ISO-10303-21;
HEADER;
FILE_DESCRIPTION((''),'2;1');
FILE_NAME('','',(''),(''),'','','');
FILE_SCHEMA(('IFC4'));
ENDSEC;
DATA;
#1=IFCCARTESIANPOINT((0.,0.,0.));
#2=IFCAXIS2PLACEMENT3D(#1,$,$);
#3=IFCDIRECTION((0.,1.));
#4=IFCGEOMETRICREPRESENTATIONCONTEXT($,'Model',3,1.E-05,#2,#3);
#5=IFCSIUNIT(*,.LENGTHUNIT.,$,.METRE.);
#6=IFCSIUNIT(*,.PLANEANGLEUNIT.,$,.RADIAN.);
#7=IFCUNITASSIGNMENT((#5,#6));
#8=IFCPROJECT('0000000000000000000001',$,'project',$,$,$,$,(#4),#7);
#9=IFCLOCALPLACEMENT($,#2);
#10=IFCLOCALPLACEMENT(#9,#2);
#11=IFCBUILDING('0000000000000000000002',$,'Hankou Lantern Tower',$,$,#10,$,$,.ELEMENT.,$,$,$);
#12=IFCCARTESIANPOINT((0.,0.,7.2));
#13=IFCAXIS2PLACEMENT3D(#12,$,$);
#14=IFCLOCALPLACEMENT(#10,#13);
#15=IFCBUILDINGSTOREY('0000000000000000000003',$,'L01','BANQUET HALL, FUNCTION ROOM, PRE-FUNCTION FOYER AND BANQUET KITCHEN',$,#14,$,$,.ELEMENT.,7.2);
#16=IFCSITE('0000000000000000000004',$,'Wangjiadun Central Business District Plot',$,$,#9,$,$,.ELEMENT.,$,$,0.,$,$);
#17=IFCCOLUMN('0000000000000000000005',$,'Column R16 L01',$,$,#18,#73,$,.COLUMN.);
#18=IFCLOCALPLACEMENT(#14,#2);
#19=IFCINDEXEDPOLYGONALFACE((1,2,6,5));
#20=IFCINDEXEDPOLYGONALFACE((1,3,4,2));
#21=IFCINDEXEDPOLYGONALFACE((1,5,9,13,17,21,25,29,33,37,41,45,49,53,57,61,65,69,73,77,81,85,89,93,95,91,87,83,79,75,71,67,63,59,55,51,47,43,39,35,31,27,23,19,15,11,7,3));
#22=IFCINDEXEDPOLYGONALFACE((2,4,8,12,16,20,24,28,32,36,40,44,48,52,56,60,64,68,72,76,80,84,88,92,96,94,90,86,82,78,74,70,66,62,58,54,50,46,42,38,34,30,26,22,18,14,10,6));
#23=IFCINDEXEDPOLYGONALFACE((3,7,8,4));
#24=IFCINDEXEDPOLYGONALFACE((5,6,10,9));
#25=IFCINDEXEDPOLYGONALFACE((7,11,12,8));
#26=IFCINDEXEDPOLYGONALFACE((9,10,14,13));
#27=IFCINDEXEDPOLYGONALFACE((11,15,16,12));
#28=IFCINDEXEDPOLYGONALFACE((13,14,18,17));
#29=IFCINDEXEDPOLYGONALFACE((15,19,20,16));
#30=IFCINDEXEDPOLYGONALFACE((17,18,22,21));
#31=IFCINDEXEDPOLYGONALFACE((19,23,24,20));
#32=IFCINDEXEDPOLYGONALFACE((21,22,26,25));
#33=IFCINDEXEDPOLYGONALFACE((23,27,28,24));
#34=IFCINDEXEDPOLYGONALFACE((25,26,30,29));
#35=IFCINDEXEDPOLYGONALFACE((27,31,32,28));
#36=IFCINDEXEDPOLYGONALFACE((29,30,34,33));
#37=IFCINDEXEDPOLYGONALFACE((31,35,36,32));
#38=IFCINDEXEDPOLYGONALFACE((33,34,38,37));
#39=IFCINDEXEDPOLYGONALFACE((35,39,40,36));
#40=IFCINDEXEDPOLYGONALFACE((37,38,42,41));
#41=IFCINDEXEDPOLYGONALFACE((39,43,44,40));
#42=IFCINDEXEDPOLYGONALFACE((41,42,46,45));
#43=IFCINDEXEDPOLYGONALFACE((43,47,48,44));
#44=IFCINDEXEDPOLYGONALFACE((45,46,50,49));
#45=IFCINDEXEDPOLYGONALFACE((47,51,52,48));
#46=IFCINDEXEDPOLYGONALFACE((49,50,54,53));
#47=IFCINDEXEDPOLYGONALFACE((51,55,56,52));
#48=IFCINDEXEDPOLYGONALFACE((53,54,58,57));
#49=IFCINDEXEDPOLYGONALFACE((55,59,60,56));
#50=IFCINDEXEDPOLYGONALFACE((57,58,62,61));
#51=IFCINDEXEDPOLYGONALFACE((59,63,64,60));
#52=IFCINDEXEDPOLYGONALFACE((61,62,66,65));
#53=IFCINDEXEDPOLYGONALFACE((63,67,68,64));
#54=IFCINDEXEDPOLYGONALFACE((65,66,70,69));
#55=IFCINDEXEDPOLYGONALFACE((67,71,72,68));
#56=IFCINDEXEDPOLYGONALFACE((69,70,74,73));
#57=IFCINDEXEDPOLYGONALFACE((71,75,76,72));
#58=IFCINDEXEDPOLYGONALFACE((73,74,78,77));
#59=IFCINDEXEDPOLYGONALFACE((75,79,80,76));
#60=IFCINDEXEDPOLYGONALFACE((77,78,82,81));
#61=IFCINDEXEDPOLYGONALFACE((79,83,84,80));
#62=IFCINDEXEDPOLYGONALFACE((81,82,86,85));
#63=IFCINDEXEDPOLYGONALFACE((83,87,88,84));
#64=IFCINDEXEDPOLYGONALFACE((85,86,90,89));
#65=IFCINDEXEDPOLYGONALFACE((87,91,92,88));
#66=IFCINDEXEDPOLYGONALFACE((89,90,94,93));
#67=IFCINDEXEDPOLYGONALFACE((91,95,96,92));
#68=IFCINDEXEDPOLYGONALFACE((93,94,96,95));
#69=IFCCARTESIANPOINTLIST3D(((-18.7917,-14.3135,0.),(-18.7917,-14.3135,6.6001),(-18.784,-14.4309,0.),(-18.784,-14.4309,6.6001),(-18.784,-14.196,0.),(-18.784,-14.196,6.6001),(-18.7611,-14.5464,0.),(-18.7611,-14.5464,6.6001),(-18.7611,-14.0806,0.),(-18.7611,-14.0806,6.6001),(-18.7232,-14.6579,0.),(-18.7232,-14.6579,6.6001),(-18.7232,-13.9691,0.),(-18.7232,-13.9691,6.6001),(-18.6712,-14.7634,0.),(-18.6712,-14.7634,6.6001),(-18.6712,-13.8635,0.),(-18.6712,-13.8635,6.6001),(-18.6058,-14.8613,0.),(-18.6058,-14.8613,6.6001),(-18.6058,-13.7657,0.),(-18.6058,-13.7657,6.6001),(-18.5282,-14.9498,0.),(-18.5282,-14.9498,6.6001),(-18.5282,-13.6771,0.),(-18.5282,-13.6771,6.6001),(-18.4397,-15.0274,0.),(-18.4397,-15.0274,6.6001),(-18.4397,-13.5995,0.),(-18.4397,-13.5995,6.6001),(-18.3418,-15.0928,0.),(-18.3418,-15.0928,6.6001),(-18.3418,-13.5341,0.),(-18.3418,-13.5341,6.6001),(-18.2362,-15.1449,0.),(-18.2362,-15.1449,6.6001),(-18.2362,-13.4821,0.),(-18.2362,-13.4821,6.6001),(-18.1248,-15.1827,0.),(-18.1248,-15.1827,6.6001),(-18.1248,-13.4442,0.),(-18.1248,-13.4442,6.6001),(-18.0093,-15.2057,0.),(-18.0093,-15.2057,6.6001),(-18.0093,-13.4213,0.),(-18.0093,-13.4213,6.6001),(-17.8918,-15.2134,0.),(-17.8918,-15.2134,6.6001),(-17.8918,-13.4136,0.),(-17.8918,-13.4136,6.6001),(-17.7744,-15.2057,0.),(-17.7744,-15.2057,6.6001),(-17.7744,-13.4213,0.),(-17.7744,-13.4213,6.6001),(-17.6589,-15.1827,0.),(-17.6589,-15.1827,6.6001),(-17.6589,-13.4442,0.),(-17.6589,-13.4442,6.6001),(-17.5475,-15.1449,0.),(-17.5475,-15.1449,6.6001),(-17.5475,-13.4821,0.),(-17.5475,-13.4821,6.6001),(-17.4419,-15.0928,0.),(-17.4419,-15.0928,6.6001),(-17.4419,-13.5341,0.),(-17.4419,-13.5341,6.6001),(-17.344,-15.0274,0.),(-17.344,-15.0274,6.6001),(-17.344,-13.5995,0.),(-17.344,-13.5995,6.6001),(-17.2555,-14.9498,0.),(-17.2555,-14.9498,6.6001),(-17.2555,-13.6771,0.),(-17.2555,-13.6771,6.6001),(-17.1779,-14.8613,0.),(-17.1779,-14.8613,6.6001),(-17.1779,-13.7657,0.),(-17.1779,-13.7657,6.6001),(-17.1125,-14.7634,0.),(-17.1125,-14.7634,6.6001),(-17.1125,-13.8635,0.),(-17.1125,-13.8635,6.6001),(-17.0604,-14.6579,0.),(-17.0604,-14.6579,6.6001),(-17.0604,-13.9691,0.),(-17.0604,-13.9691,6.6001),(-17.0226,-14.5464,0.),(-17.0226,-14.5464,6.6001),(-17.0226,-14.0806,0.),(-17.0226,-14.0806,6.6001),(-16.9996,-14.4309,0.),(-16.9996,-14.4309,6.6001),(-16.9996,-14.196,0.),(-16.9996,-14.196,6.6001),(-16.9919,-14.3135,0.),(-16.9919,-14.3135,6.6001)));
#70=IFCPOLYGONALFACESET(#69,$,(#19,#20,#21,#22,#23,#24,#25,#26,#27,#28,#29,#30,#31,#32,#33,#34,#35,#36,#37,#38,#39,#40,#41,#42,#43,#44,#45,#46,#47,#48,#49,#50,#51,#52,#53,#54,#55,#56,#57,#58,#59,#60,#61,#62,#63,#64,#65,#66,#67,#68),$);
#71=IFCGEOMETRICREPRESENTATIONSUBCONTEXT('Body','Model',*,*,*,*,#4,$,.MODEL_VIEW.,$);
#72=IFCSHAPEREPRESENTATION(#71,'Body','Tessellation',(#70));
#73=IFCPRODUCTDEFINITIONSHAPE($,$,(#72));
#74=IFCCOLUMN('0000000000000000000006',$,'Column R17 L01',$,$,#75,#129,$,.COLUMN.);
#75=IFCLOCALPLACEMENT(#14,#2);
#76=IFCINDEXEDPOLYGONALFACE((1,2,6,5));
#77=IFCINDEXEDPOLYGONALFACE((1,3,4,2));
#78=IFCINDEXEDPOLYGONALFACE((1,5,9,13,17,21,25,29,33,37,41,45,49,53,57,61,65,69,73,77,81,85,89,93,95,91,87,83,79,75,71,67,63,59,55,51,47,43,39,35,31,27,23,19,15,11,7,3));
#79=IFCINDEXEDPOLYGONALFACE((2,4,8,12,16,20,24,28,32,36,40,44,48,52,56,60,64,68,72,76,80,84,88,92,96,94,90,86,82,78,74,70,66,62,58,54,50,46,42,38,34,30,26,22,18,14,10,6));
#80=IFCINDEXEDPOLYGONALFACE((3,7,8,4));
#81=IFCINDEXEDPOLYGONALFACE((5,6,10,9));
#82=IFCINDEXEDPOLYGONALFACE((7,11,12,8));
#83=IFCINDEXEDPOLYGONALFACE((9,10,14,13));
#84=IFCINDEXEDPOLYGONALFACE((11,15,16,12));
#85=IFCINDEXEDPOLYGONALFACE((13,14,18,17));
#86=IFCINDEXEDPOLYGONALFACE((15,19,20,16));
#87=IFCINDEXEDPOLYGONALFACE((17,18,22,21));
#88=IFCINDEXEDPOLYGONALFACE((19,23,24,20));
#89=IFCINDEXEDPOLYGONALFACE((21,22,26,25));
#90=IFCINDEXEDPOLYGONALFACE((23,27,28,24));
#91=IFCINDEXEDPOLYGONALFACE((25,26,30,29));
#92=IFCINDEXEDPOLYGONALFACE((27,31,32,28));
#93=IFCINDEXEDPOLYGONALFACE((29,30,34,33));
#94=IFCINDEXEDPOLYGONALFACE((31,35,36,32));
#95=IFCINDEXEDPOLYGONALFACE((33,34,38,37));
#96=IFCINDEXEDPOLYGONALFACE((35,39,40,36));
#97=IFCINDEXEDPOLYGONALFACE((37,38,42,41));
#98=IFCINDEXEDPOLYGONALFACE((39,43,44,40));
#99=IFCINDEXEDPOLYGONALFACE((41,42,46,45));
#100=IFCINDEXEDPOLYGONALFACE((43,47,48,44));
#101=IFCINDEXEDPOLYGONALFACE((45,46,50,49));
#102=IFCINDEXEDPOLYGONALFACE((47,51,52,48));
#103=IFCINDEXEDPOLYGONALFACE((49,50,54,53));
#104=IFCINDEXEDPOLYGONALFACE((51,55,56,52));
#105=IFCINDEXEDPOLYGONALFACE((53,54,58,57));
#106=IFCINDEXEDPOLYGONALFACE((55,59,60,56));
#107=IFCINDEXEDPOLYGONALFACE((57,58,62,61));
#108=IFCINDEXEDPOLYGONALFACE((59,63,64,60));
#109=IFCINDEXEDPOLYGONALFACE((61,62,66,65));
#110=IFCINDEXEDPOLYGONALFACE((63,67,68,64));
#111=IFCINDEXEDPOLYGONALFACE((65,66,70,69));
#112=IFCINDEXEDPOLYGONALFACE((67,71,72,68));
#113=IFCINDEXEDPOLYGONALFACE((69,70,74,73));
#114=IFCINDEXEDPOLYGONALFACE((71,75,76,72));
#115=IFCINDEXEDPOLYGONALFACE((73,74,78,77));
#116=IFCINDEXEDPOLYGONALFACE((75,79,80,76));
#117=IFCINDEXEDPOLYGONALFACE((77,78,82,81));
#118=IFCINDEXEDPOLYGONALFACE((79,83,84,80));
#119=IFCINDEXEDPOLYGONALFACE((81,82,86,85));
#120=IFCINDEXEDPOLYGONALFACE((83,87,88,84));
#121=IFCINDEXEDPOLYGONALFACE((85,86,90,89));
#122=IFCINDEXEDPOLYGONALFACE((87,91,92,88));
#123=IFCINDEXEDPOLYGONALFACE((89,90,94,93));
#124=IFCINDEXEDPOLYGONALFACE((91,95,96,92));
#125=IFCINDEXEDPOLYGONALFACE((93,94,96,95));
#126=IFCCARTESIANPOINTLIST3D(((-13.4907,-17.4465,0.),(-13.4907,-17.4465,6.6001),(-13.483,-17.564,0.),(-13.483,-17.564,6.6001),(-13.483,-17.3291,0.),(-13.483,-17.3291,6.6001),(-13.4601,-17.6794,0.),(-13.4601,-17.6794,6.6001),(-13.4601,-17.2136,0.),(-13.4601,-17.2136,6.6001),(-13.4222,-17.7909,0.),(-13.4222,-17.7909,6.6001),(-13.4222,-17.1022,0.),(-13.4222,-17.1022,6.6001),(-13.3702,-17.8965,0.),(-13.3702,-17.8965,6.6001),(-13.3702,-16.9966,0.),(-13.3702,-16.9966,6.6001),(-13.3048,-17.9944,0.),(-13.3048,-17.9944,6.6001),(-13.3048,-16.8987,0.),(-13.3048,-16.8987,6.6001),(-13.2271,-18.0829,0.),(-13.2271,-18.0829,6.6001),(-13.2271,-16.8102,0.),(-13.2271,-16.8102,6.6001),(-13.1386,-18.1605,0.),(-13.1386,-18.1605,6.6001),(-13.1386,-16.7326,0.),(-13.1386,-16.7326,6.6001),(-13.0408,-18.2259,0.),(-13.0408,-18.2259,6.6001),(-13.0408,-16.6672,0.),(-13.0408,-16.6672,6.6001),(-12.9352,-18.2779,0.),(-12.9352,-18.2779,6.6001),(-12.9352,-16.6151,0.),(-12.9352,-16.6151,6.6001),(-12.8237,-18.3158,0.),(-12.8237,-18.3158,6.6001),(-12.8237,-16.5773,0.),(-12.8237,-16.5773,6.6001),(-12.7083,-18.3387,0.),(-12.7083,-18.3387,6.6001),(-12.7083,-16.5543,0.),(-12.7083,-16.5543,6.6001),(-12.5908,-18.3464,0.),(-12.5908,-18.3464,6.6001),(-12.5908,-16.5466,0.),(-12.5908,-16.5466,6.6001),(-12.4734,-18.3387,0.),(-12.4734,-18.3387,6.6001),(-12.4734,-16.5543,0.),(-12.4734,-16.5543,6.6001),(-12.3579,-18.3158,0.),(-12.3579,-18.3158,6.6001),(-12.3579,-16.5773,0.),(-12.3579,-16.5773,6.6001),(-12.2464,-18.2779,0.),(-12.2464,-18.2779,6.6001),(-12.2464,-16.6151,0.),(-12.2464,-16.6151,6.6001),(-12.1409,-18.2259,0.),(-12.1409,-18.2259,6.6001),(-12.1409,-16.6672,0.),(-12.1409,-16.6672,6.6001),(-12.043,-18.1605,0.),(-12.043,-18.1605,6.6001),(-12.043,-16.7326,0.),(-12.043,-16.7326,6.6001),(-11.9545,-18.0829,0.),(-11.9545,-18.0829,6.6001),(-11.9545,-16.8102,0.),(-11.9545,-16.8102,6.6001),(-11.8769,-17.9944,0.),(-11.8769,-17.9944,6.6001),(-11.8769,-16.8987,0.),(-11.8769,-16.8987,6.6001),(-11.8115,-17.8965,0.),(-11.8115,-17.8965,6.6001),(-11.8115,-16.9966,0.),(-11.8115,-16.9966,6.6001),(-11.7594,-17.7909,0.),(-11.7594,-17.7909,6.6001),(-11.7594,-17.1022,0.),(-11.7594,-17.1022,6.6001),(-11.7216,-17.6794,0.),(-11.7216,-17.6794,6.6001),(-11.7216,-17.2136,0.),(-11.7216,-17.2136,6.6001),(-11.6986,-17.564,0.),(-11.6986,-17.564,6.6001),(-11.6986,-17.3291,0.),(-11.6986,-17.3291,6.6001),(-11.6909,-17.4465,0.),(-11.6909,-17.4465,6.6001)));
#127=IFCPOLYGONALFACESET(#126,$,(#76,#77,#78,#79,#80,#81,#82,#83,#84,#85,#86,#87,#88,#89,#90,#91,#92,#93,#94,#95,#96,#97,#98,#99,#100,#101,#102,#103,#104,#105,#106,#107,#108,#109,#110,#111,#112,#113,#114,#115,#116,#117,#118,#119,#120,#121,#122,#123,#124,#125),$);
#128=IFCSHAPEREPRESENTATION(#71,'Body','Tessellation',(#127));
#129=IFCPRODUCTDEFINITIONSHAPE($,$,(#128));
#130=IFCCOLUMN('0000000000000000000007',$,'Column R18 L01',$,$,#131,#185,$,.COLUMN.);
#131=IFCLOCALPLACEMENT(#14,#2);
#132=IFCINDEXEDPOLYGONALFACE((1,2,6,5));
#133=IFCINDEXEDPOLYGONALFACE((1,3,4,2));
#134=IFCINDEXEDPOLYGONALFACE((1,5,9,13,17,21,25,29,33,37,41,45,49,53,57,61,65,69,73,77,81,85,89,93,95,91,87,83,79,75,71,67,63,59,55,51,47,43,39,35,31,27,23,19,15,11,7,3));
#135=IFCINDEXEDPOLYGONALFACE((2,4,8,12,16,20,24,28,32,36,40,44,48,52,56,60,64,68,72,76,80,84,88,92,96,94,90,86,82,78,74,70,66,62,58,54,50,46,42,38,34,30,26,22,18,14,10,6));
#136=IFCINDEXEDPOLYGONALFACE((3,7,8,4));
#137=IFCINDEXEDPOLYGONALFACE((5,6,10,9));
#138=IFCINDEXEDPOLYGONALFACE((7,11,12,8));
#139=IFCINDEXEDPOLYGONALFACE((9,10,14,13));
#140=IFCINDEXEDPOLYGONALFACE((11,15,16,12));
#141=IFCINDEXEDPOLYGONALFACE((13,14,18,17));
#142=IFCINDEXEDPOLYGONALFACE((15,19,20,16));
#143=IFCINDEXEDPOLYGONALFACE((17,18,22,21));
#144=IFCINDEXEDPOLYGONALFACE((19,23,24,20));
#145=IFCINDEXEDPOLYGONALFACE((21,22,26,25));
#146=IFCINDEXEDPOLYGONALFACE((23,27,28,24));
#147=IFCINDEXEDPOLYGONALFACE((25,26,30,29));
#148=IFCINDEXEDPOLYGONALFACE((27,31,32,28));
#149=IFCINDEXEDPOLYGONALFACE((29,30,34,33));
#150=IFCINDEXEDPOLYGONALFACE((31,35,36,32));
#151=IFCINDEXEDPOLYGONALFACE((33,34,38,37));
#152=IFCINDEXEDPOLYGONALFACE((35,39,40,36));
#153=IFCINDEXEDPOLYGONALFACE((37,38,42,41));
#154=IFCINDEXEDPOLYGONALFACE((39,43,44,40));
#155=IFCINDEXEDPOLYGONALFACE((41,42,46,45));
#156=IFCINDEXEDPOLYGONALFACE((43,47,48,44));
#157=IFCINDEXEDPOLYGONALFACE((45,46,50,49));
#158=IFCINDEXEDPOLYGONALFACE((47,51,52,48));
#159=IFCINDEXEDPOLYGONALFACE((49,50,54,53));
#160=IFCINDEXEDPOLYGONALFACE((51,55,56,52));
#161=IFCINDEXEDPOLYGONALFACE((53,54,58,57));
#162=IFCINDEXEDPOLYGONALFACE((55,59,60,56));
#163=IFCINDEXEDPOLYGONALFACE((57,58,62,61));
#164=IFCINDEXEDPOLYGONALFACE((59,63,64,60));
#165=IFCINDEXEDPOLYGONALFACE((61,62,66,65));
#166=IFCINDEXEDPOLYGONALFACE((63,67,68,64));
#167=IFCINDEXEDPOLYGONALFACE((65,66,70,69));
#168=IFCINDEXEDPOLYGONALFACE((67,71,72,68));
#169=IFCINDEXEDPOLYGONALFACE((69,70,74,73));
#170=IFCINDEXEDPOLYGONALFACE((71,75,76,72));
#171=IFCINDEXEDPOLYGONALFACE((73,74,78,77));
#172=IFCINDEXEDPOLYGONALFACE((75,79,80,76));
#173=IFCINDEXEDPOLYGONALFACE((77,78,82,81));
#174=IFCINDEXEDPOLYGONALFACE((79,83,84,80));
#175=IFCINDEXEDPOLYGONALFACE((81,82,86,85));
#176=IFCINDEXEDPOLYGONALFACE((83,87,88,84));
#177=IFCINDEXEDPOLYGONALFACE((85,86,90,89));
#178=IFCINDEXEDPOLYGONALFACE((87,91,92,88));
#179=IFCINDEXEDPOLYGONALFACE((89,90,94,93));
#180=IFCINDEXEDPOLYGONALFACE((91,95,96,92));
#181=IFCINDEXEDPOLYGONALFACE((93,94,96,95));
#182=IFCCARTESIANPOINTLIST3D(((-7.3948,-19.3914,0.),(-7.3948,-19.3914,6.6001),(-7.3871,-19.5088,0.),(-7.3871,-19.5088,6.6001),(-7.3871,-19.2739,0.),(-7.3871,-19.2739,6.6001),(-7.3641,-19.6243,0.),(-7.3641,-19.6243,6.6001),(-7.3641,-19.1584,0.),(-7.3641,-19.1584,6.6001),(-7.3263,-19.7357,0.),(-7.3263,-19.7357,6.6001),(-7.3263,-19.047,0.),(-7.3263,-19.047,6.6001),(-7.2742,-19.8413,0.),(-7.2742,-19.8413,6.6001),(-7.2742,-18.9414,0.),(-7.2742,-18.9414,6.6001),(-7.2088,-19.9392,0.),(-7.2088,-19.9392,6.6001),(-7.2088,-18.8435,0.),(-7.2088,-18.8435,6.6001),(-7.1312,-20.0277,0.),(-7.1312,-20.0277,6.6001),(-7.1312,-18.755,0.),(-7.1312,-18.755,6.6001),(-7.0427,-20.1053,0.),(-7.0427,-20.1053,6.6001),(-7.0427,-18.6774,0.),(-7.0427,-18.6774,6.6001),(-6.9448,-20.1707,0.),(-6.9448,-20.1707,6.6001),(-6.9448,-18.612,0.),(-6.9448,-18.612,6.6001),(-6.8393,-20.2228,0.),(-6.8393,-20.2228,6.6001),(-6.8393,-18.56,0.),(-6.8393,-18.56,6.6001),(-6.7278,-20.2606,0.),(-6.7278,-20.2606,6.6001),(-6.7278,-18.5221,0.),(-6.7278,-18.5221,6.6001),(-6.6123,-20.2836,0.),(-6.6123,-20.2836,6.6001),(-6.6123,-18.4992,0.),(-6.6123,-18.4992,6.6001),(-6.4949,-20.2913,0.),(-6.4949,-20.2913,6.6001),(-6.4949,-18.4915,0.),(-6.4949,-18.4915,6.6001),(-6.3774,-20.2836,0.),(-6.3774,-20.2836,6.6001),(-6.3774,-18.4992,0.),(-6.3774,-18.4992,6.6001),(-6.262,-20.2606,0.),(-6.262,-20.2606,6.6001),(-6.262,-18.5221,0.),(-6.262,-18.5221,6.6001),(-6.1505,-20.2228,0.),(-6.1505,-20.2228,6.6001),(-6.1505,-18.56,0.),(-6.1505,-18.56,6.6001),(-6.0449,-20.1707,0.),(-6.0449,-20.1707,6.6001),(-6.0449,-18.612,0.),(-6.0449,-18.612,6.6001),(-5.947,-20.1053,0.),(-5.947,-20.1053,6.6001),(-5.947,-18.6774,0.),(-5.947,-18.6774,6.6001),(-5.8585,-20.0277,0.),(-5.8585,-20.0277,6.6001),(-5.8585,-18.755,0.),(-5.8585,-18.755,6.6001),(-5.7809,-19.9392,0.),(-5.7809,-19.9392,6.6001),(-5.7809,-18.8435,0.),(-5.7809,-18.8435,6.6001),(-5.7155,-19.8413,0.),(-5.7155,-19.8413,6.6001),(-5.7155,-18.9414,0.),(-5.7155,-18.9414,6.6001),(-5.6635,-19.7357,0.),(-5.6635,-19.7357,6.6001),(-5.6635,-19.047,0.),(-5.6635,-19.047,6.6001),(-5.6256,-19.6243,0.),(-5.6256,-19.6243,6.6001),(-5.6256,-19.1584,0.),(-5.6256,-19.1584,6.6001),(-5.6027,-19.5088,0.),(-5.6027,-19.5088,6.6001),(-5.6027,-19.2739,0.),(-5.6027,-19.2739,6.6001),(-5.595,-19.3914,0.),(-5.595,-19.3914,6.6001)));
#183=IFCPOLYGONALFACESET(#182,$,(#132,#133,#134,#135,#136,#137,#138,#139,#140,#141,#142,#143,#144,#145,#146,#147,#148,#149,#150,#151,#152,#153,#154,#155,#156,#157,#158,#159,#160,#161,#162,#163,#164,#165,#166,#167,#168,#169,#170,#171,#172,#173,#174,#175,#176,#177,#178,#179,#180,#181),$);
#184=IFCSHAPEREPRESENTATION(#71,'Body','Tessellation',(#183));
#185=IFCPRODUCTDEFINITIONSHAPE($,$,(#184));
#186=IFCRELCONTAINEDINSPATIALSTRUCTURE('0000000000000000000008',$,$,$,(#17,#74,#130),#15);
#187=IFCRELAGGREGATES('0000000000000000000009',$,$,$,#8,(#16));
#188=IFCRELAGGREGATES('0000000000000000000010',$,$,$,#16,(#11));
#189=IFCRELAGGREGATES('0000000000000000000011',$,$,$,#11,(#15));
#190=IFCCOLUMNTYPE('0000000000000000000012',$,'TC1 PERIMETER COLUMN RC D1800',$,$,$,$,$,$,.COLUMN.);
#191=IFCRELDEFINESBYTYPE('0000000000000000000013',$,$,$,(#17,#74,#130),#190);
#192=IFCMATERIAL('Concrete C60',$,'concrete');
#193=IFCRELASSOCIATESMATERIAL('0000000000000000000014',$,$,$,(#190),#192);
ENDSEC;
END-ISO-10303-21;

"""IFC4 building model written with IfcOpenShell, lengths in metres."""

from ifc_helpers import new_model, si_unit, direction, frame, origin, origin_2d, place, context, subcontext, project, spatial, circle, extrude, material, material_profile, profile_set, type_object, element, save


model = new_model("IFC4")

# Units and contexts
model_context = context("Model", 3, precision=1e-05, world=origin(), true_north=direction((0.0, 1.0)))
body_context = subcontext(model_context, "Body", "Model", "MODEL_VIEW")
ifc_project = project(units=[si_unit("LENGTHUNIT", "METRE"), si_unit("PLANEANGLEUNIT", "RADIAN")], contexts=[model_context])

# Site, building, storey
site_placement = place(None, origin())
site = spatial("IfcSite", under=ifc_project, at=site_placement, Name="Wangjiadun Central Business District Plot", CompositionType="ELEMENT", RefElevation=0.0)
building_placement = place(site_placement, origin())
building = spatial("IfcBuilding", under=site, at=building_placement, Name="Hankou Lantern Tower", CompositionType="ELEMENT")
storey_placement = place(building_placement, frame((0.0, 0.0, 7.2)))
storey = spatial("IfcBuildingStorey", under=building, at=storey_placement, Name="L01", Description="BANQUET HALL, FUNCTION ROOM, PRE-FUNCTION FOYER AND BANQUET KITCHEN", CompositionType="ELEMENT", Elevation=7.2)

# Columns
ifc_material_1 = material(Name="Concrete C60", Category="concrete")
ifc_material_profile_1 = material_profile(ifc_material_1, circle(Radius=0.8999, at=origin_2d()), Name="RC D1800")
ifc_profile_set_1 = profile_set([ifc_material_profile_1], Name="Concrete C60")
column_type = type_object("IfcColumnType", Name="TC1 PERIMETER COLUMN RC D1800", PredefinedType="COLUMN", material=ifc_profile_set_1)
for number, where, z_axis, x_axis, name in (
    (1, (-17.8918, -14.3135, 0.0), (0.0, 0.0, 1.0), (1.0, 0.0, 0.0), "Column R16 L01"),
    (2, (-12.5908, -17.4465, 0.0), (0.0, 0.0, 1.0), (1.0, 0.0, 0.0), "Column R17 L01"),
    (3, (-6.4949, -19.3914, 0.0), (0.0, 0.0, 1.0), (1.0, 0.0, 0.0), "Column R18 L01"),
):
    element("IfcColumn", number, at=place(storey_placement, frame(where, z_axis=z_axis, x_axis=x_axis)), inside=storey, type_object=column_type, Name=name, PredefinedType="COLUMN", context=body_context, shape_type="SweptSolid", body=[
        extrude(circle(Radius=0.8999, at=origin_2d()), origin(), (0.0, 0.0, 1.0), 6.6001),
    ])

save(model, "model.ifc")
